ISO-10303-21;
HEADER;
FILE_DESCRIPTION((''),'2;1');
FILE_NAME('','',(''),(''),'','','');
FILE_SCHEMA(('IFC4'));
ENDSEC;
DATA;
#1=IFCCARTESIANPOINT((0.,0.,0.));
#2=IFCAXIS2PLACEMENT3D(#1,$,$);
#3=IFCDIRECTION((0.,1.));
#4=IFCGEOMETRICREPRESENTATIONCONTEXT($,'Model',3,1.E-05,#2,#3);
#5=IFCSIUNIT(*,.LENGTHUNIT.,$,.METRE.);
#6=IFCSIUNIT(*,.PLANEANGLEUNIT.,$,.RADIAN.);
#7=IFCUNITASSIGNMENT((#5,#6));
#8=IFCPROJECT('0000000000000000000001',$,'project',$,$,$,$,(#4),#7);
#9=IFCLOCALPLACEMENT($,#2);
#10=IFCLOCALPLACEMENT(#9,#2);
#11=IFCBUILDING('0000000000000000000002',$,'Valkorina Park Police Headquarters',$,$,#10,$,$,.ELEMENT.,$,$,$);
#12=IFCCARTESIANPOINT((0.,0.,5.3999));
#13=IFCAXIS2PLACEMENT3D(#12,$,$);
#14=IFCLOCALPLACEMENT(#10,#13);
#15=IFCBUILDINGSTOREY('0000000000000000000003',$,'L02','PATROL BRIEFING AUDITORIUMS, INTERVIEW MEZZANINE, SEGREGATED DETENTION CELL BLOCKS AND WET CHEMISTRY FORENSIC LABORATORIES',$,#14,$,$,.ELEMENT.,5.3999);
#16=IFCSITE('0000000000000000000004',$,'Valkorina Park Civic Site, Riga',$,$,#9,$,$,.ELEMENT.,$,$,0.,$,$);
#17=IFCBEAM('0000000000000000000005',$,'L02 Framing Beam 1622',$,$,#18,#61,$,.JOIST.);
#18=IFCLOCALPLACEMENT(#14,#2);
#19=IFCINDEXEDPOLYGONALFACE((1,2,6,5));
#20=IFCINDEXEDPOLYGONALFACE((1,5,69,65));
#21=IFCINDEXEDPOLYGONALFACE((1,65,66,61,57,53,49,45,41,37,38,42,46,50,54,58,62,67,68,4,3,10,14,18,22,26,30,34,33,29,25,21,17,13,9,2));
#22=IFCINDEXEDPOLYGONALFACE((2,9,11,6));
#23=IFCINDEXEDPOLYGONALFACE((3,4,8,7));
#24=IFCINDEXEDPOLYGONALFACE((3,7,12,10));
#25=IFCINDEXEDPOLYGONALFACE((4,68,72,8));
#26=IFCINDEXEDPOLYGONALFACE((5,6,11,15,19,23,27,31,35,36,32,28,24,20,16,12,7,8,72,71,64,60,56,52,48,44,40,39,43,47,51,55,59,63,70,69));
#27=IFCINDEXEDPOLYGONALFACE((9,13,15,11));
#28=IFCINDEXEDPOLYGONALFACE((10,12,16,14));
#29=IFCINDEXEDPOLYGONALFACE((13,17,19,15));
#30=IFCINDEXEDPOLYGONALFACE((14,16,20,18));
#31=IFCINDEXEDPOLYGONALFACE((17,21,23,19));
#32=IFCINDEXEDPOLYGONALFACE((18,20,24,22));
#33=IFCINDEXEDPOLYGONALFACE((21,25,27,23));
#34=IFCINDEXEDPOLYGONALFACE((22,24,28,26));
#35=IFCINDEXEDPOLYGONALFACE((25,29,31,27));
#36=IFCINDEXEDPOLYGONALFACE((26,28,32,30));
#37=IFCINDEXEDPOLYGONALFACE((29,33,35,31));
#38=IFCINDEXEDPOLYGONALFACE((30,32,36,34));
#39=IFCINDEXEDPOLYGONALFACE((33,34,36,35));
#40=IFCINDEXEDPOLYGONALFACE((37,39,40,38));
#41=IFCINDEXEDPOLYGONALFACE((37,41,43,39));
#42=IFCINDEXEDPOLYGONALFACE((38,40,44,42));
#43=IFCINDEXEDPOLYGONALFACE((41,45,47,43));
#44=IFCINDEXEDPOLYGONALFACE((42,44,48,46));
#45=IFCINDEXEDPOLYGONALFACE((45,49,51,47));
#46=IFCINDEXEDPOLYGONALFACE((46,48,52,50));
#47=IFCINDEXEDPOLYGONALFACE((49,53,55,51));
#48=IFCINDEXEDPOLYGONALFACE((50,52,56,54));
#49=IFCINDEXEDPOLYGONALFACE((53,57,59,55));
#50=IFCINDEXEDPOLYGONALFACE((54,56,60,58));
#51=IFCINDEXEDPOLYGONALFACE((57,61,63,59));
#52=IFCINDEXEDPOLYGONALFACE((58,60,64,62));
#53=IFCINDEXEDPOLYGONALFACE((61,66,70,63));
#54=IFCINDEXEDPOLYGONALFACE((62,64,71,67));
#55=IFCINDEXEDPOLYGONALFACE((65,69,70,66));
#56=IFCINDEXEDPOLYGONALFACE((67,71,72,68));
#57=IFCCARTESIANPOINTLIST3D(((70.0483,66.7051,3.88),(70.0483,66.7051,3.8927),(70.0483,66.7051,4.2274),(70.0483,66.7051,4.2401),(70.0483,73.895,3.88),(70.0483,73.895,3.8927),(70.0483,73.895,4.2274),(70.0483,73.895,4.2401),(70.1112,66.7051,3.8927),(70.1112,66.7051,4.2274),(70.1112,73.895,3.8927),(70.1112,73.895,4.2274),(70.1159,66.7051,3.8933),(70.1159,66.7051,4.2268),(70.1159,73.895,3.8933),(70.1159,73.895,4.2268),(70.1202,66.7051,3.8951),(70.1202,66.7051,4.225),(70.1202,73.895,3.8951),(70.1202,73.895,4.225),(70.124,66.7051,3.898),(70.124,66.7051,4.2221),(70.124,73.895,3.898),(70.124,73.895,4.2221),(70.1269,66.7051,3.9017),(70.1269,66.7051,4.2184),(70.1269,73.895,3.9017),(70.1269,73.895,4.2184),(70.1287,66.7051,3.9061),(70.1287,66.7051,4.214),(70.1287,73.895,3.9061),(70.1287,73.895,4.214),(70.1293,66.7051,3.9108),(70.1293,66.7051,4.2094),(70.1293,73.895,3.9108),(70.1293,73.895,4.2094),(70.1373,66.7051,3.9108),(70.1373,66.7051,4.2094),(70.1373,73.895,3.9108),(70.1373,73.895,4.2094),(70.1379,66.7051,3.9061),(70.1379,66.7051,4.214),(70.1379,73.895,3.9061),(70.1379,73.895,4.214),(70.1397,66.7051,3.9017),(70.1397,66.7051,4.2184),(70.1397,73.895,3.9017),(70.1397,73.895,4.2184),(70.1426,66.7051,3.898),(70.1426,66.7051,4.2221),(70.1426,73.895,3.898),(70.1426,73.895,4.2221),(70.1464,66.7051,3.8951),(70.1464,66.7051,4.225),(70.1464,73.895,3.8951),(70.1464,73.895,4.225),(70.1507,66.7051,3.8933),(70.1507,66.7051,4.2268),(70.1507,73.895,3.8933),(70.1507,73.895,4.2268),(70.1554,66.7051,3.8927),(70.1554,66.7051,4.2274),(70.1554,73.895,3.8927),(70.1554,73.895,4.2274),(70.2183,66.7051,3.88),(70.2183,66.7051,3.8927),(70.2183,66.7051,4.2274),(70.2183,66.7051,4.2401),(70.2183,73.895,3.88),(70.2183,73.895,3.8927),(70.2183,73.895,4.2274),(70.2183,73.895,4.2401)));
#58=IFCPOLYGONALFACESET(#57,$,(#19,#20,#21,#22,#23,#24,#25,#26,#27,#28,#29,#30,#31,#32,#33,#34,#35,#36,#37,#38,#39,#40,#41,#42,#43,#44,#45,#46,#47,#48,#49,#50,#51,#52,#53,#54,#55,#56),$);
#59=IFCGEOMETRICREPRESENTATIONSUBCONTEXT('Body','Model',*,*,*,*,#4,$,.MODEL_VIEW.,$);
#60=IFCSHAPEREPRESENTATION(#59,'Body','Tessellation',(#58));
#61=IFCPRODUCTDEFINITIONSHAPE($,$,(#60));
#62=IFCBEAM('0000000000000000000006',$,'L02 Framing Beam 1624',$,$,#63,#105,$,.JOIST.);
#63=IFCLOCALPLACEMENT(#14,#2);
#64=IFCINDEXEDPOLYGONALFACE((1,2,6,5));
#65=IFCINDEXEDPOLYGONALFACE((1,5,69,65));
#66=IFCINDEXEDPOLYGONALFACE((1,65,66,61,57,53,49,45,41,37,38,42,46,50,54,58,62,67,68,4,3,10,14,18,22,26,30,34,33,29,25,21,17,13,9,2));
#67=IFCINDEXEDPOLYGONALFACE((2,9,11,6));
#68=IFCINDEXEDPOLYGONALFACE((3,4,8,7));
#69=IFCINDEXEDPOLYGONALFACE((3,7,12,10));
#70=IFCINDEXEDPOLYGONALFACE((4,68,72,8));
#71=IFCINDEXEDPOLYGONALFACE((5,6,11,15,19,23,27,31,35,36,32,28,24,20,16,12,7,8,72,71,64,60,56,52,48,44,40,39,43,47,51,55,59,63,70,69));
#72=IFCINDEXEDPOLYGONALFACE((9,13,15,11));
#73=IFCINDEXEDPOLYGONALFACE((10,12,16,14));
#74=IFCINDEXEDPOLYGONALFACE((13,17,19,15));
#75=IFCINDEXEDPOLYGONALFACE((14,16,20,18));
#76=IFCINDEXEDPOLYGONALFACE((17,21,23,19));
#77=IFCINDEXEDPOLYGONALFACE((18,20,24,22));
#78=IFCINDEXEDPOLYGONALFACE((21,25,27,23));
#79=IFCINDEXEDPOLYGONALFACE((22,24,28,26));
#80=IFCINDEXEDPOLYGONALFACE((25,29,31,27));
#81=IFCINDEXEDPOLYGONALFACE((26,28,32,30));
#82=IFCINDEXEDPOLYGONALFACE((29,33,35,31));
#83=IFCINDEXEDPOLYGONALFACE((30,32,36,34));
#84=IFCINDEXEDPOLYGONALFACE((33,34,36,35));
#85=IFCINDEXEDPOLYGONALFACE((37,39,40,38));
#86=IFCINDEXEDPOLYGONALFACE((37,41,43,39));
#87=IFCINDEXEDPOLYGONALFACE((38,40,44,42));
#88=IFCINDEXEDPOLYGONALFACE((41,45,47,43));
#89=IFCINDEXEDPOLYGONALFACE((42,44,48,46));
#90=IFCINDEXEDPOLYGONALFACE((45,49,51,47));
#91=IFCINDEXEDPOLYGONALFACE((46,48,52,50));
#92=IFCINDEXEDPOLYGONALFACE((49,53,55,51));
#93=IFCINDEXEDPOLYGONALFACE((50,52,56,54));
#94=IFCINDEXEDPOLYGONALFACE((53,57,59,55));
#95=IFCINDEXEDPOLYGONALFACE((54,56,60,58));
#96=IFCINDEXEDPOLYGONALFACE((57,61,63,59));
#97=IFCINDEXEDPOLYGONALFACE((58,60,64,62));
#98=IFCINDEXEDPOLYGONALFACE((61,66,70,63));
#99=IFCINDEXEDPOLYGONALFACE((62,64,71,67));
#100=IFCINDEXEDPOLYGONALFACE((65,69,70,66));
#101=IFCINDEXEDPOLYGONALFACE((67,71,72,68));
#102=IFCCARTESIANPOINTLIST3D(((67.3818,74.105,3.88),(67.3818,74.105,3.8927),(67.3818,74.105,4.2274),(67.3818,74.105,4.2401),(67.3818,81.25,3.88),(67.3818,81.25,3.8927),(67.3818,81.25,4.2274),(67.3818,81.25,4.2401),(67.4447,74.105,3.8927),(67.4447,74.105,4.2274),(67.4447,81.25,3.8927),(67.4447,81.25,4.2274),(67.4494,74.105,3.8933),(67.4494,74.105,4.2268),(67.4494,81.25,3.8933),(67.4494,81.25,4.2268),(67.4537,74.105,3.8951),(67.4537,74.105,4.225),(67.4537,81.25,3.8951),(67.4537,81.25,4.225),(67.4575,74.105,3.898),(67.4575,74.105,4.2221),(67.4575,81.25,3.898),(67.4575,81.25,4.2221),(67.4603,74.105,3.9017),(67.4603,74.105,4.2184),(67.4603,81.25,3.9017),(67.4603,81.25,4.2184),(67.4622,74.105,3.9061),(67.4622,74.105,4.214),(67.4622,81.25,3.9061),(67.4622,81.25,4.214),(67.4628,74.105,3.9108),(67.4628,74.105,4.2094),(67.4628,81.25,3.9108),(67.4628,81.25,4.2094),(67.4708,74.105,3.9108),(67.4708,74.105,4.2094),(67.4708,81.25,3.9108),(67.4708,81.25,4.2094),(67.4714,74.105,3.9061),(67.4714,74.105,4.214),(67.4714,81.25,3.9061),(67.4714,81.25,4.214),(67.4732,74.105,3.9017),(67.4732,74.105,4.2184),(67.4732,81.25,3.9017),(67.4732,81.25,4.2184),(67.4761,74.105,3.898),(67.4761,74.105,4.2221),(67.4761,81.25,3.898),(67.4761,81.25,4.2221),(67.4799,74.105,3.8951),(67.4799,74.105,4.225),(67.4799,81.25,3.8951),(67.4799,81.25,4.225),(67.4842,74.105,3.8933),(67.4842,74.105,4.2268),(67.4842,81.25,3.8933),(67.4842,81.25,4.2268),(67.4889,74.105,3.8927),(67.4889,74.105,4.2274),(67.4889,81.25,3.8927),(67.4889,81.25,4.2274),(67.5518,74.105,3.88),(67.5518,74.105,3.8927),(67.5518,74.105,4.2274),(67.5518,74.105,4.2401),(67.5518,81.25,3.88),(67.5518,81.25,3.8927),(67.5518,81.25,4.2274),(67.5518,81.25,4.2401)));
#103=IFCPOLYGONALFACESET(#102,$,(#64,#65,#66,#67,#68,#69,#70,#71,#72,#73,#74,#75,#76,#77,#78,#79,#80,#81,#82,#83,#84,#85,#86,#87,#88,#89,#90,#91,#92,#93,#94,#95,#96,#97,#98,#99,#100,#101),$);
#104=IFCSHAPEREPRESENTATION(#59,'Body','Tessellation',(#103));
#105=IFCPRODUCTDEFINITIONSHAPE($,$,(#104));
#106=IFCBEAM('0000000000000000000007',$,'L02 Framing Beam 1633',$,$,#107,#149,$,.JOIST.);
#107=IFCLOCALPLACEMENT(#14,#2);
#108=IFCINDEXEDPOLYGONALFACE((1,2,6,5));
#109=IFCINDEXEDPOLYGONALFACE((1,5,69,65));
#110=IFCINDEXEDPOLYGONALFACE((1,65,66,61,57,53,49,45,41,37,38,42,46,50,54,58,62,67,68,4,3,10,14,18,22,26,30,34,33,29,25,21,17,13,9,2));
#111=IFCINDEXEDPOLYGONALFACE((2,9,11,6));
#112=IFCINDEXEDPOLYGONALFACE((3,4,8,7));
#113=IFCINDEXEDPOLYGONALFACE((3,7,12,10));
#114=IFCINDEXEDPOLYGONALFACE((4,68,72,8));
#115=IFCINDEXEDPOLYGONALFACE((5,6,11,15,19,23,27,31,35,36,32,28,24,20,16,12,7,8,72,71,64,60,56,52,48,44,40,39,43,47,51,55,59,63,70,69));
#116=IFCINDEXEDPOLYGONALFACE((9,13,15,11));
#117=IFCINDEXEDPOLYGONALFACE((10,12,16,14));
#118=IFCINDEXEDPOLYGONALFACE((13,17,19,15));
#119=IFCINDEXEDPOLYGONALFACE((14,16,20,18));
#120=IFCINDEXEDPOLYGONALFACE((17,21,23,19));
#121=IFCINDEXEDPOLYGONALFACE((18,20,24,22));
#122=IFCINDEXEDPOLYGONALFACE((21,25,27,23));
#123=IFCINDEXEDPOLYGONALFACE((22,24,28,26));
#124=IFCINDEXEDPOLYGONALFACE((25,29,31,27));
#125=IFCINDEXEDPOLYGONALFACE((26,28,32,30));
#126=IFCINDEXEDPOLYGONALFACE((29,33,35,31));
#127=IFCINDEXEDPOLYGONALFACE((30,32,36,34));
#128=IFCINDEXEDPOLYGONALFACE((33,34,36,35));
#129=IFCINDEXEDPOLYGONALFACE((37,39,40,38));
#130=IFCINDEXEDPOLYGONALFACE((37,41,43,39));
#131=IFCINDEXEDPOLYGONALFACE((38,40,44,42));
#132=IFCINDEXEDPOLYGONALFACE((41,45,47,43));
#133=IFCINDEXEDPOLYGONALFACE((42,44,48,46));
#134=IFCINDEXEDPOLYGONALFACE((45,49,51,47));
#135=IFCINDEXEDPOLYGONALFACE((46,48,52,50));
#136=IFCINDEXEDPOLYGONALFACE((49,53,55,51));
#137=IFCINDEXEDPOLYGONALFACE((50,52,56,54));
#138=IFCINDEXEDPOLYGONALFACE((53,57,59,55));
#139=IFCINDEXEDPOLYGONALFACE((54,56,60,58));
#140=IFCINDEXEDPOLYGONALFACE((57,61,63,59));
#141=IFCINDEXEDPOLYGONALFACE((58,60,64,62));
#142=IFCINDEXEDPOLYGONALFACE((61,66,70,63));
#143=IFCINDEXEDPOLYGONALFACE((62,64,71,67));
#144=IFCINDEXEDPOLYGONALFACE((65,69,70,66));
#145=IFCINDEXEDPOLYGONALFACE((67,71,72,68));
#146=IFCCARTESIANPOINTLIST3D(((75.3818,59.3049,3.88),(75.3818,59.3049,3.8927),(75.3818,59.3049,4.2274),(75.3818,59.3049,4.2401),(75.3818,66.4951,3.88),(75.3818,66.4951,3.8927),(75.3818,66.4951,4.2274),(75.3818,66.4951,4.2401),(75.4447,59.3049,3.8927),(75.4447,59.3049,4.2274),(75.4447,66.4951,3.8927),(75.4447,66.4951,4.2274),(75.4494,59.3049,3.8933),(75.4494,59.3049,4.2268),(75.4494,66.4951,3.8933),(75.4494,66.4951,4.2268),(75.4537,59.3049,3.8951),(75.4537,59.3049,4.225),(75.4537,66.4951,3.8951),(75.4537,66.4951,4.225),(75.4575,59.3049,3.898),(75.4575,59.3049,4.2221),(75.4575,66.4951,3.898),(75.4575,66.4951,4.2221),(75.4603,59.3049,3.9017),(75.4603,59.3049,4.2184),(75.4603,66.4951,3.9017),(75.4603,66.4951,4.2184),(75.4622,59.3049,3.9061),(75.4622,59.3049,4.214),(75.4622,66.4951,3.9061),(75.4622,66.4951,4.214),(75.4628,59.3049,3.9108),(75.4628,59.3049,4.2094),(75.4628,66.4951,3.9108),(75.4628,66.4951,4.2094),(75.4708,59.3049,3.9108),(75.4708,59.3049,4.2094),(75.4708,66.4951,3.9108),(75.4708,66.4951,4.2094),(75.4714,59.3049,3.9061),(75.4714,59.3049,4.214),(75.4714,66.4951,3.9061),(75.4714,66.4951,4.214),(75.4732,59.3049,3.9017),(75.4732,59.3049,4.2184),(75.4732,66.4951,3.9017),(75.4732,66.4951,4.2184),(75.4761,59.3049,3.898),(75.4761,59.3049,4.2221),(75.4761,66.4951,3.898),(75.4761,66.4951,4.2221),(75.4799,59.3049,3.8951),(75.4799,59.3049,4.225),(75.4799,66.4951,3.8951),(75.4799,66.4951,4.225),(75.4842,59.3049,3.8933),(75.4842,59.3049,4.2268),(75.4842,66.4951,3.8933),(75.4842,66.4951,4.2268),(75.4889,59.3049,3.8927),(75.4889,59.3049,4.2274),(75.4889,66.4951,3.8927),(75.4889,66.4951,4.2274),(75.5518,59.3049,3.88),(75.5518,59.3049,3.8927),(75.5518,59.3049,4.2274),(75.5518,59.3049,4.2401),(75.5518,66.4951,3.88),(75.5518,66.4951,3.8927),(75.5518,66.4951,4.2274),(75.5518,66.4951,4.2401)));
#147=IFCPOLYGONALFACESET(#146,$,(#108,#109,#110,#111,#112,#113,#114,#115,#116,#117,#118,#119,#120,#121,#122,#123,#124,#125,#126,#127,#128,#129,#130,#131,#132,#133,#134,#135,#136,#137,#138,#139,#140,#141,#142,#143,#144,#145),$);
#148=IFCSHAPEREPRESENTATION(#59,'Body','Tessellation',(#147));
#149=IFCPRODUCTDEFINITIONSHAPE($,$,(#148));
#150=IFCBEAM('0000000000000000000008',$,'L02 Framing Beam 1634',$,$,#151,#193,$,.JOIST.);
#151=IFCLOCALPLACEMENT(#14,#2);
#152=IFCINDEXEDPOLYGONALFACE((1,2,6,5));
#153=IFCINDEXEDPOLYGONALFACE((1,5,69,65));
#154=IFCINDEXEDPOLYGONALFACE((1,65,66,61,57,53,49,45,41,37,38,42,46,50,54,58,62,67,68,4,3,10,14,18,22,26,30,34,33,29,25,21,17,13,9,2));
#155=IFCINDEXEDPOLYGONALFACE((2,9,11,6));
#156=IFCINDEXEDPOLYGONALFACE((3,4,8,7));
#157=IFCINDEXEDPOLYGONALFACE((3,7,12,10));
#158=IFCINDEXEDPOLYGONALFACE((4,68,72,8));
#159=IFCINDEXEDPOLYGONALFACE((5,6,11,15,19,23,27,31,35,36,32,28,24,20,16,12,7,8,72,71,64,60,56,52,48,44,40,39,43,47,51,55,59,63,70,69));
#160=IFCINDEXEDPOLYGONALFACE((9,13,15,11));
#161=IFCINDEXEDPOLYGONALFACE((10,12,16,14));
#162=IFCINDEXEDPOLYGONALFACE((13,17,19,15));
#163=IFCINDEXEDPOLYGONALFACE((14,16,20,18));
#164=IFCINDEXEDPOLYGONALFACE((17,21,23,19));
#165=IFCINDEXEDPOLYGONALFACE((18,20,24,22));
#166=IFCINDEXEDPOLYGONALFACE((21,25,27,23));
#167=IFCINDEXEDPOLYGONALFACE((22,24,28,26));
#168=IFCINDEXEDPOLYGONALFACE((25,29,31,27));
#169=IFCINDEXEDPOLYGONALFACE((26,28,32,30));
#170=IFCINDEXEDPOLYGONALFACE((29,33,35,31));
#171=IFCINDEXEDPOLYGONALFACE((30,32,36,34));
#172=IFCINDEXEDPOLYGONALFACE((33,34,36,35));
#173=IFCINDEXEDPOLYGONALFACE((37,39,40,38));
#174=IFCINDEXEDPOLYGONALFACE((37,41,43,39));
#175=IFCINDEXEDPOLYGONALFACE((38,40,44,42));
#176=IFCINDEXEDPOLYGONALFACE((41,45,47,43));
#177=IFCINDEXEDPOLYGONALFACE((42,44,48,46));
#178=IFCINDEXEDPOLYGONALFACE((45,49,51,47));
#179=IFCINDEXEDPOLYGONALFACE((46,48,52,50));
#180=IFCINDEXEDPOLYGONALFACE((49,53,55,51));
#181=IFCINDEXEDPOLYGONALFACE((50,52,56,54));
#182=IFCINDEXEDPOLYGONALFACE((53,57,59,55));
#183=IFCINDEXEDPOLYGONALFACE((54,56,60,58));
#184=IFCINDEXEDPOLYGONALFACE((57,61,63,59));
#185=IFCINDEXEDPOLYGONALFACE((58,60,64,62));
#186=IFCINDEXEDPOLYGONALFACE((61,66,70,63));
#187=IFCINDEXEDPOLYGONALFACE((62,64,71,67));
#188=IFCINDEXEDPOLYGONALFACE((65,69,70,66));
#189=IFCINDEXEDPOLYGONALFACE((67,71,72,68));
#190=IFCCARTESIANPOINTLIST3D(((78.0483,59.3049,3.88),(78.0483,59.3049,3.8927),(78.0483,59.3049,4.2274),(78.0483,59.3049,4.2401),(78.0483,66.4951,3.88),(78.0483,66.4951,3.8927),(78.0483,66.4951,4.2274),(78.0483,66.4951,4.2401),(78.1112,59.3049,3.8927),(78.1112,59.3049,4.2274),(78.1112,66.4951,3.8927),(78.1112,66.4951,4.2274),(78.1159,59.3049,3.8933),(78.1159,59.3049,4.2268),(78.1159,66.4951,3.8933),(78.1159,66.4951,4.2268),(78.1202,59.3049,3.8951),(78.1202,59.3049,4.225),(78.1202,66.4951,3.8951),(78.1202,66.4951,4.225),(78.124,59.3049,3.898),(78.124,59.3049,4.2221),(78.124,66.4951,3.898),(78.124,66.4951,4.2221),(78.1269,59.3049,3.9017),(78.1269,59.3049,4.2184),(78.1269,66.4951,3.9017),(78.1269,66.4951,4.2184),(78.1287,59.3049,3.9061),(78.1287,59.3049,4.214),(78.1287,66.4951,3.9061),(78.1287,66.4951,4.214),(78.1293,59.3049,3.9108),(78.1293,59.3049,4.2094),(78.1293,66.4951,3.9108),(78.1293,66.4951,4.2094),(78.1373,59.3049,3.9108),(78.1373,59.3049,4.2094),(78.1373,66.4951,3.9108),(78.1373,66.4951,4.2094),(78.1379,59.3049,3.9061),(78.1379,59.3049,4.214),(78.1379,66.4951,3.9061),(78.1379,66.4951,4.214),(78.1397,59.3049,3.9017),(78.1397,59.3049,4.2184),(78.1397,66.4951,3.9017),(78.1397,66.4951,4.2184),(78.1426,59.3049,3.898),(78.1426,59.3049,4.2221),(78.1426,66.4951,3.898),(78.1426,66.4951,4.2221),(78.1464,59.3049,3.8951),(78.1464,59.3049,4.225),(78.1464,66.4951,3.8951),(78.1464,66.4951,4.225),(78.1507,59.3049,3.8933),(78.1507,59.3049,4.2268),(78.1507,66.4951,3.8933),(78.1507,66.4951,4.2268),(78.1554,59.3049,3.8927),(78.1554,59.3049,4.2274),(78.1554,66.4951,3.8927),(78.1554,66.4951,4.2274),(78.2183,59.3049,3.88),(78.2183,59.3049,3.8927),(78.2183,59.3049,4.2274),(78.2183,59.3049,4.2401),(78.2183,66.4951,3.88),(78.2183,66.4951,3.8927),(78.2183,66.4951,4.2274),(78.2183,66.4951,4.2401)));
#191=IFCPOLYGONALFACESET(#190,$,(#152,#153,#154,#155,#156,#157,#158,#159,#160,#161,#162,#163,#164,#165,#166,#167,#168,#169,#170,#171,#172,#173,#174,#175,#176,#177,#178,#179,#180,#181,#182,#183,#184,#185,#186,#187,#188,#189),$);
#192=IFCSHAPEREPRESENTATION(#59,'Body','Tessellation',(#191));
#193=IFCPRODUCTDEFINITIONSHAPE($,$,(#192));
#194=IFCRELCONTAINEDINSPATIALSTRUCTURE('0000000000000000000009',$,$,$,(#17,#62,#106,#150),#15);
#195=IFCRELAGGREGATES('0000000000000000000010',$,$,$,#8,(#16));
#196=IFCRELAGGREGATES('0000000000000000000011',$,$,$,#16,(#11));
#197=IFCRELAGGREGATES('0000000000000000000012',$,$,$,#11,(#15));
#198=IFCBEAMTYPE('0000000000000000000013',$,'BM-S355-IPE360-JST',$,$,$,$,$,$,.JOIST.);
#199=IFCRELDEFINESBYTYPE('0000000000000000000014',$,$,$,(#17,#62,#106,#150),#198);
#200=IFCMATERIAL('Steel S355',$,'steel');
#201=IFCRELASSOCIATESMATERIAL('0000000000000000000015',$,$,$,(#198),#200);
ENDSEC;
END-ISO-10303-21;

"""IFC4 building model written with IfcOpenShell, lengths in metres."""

from ifc_helpers import new_model, si_unit, direction, frame, origin, origin_2d, place, context, subcontext, project, spatial, i_section, extrude, material, material_profile, profile_set, type_object, element, save


model = new_model("IFC4")

# Units and contexts
model_context = context("Model", 3, precision=1e-05, world=origin(), true_north=direction((0.0, 1.0)))
body_context = subcontext(model_context, "Body", "Model", "MODEL_VIEW")
ifc_project = project(units=[si_unit("LENGTHUNIT", "METRE"), si_unit("PLANEANGLEUNIT", "RADIAN")], contexts=[model_context])

# Site, building, storey
site_placement = place(None, origin())
site = spatial("IfcSite", under=ifc_project, at=site_placement, Name="Valkorina Park Civic Site, Riga", CompositionType="ELEMENT", RefElevation=0.0)
building_placement = place(site_placement, origin())
building = spatial("IfcBuilding", under=site, at=building_placement, Name="Valkorina Park Police Headquarters", CompositionType="ELEMENT")
storey_placement = place(building_placement, frame((0.0, 0.0, 5.3999)))
storey = spatial("IfcBuildingStorey", under=building, at=storey_placement, Name="L02", Description="PATROL BRIEFING AUDITORIUMS, INTERVIEW MEZZANINE, SEGREGATED DETENTION CELL BLOCKS AND WET CHEMISTRY FORENSIC LABORATORIES", CompositionType="ELEMENT", Elevation=5.3999)

# Shared definitions
ifc_material = material(Name="Steel S355", Category="steel")

# Beams
ifc_material_profile_1 = material_profile(ifc_material, i_section(OverallWidth=0.1699, OverallDepth=0.3601, WebThickness=0.0081, FlangeThickness=0.0127, FilletRadius=0.0181, at=origin_2d()), Name="IPE 360")
ifc_profile_set_1 = profile_set([ifc_material_profile_1], Name="Steel S355")
beam_type_1 = type_object("IfcBeamType", Name="BM-S355-IPE360-JST", PredefinedType="JOIST", material=ifc_profile_set_1)
for number, where, z_axis, x_axis, name in (
    (1, (70.1333, 66.7051, 4.0601), (0.0, 1.0, 0.0), (-1.0, 0.0, 0.0), "L02 Framing Beam 1622"),
):
    element("IfcBeam", number, at=place(storey_placement, frame(where, z_axis=z_axis, x_axis=x_axis)), inside=storey, type_object=beam_type_1, Name=name, PredefinedType="JOIST", context=body_context, shape_type="SweptSolid", body=[
        extrude(i_section(OverallWidth=0.1699, OverallDepth=0.3601, WebThickness=0.0081, FlangeThickness=0.0127, FilletRadius=0.0181, at=origin_2d()), origin(), (0.0, 0.0, 1.0), 7.1899),
    ])
beam_1_placement = place(storey_placement, frame((67.4668, 74.105, 4.0601), z_axis=(0.0, 1.0, 0.0), x_axis=(-1.0, 0.0, 0.0)))
element("IfcBeam", 2, at=beam_1_placement, inside=storey, type_object=beam_type_1, Name="L02 Framing Beam 1624", PredefinedType="JOIST", context=body_context, shape_type="SweptSolid", body=[
    extrude(i_section(OverallWidth=0.1699, OverallDepth=0.3601, WebThickness=0.0081, FlangeThickness=0.0127, FilletRadius=0.0181, at=origin_2d()), origin(), (0.0, 0.0, 1.0), 7.145),
])
for number, where, z_axis, x_axis, name in (
    (3, (75.4668, 59.3049, 4.0601), (0.0, 1.0, 0.0), (-1.0, 0.0, 0.0), "L02 Framing Beam 1633"),
    (4, (78.1333, 59.3049, 4.0601), (0.0, 1.0, 0.0), (-1.0, 0.0, 0.0), "L02 Framing Beam 1634"),
):
    element("IfcBeam", number, at=place(storey_placement, frame(where, z_axis=z_axis, x_axis=x_axis)), inside=storey, type_object=beam_type_1, Name=name, PredefinedType="JOIST", context=body_context, shape_type="SweptSolid", body=[
        extrude(i_section(OverallWidth=0.1699, OverallDepth=0.3601, WebThickness=0.0081, FlangeThickness=0.0127, FilletRadius=0.0181, at=origin_2d()), origin(), (0.0, 0.0, 1.0), 7.1902),
    ])

save(model, "model.ifc")
